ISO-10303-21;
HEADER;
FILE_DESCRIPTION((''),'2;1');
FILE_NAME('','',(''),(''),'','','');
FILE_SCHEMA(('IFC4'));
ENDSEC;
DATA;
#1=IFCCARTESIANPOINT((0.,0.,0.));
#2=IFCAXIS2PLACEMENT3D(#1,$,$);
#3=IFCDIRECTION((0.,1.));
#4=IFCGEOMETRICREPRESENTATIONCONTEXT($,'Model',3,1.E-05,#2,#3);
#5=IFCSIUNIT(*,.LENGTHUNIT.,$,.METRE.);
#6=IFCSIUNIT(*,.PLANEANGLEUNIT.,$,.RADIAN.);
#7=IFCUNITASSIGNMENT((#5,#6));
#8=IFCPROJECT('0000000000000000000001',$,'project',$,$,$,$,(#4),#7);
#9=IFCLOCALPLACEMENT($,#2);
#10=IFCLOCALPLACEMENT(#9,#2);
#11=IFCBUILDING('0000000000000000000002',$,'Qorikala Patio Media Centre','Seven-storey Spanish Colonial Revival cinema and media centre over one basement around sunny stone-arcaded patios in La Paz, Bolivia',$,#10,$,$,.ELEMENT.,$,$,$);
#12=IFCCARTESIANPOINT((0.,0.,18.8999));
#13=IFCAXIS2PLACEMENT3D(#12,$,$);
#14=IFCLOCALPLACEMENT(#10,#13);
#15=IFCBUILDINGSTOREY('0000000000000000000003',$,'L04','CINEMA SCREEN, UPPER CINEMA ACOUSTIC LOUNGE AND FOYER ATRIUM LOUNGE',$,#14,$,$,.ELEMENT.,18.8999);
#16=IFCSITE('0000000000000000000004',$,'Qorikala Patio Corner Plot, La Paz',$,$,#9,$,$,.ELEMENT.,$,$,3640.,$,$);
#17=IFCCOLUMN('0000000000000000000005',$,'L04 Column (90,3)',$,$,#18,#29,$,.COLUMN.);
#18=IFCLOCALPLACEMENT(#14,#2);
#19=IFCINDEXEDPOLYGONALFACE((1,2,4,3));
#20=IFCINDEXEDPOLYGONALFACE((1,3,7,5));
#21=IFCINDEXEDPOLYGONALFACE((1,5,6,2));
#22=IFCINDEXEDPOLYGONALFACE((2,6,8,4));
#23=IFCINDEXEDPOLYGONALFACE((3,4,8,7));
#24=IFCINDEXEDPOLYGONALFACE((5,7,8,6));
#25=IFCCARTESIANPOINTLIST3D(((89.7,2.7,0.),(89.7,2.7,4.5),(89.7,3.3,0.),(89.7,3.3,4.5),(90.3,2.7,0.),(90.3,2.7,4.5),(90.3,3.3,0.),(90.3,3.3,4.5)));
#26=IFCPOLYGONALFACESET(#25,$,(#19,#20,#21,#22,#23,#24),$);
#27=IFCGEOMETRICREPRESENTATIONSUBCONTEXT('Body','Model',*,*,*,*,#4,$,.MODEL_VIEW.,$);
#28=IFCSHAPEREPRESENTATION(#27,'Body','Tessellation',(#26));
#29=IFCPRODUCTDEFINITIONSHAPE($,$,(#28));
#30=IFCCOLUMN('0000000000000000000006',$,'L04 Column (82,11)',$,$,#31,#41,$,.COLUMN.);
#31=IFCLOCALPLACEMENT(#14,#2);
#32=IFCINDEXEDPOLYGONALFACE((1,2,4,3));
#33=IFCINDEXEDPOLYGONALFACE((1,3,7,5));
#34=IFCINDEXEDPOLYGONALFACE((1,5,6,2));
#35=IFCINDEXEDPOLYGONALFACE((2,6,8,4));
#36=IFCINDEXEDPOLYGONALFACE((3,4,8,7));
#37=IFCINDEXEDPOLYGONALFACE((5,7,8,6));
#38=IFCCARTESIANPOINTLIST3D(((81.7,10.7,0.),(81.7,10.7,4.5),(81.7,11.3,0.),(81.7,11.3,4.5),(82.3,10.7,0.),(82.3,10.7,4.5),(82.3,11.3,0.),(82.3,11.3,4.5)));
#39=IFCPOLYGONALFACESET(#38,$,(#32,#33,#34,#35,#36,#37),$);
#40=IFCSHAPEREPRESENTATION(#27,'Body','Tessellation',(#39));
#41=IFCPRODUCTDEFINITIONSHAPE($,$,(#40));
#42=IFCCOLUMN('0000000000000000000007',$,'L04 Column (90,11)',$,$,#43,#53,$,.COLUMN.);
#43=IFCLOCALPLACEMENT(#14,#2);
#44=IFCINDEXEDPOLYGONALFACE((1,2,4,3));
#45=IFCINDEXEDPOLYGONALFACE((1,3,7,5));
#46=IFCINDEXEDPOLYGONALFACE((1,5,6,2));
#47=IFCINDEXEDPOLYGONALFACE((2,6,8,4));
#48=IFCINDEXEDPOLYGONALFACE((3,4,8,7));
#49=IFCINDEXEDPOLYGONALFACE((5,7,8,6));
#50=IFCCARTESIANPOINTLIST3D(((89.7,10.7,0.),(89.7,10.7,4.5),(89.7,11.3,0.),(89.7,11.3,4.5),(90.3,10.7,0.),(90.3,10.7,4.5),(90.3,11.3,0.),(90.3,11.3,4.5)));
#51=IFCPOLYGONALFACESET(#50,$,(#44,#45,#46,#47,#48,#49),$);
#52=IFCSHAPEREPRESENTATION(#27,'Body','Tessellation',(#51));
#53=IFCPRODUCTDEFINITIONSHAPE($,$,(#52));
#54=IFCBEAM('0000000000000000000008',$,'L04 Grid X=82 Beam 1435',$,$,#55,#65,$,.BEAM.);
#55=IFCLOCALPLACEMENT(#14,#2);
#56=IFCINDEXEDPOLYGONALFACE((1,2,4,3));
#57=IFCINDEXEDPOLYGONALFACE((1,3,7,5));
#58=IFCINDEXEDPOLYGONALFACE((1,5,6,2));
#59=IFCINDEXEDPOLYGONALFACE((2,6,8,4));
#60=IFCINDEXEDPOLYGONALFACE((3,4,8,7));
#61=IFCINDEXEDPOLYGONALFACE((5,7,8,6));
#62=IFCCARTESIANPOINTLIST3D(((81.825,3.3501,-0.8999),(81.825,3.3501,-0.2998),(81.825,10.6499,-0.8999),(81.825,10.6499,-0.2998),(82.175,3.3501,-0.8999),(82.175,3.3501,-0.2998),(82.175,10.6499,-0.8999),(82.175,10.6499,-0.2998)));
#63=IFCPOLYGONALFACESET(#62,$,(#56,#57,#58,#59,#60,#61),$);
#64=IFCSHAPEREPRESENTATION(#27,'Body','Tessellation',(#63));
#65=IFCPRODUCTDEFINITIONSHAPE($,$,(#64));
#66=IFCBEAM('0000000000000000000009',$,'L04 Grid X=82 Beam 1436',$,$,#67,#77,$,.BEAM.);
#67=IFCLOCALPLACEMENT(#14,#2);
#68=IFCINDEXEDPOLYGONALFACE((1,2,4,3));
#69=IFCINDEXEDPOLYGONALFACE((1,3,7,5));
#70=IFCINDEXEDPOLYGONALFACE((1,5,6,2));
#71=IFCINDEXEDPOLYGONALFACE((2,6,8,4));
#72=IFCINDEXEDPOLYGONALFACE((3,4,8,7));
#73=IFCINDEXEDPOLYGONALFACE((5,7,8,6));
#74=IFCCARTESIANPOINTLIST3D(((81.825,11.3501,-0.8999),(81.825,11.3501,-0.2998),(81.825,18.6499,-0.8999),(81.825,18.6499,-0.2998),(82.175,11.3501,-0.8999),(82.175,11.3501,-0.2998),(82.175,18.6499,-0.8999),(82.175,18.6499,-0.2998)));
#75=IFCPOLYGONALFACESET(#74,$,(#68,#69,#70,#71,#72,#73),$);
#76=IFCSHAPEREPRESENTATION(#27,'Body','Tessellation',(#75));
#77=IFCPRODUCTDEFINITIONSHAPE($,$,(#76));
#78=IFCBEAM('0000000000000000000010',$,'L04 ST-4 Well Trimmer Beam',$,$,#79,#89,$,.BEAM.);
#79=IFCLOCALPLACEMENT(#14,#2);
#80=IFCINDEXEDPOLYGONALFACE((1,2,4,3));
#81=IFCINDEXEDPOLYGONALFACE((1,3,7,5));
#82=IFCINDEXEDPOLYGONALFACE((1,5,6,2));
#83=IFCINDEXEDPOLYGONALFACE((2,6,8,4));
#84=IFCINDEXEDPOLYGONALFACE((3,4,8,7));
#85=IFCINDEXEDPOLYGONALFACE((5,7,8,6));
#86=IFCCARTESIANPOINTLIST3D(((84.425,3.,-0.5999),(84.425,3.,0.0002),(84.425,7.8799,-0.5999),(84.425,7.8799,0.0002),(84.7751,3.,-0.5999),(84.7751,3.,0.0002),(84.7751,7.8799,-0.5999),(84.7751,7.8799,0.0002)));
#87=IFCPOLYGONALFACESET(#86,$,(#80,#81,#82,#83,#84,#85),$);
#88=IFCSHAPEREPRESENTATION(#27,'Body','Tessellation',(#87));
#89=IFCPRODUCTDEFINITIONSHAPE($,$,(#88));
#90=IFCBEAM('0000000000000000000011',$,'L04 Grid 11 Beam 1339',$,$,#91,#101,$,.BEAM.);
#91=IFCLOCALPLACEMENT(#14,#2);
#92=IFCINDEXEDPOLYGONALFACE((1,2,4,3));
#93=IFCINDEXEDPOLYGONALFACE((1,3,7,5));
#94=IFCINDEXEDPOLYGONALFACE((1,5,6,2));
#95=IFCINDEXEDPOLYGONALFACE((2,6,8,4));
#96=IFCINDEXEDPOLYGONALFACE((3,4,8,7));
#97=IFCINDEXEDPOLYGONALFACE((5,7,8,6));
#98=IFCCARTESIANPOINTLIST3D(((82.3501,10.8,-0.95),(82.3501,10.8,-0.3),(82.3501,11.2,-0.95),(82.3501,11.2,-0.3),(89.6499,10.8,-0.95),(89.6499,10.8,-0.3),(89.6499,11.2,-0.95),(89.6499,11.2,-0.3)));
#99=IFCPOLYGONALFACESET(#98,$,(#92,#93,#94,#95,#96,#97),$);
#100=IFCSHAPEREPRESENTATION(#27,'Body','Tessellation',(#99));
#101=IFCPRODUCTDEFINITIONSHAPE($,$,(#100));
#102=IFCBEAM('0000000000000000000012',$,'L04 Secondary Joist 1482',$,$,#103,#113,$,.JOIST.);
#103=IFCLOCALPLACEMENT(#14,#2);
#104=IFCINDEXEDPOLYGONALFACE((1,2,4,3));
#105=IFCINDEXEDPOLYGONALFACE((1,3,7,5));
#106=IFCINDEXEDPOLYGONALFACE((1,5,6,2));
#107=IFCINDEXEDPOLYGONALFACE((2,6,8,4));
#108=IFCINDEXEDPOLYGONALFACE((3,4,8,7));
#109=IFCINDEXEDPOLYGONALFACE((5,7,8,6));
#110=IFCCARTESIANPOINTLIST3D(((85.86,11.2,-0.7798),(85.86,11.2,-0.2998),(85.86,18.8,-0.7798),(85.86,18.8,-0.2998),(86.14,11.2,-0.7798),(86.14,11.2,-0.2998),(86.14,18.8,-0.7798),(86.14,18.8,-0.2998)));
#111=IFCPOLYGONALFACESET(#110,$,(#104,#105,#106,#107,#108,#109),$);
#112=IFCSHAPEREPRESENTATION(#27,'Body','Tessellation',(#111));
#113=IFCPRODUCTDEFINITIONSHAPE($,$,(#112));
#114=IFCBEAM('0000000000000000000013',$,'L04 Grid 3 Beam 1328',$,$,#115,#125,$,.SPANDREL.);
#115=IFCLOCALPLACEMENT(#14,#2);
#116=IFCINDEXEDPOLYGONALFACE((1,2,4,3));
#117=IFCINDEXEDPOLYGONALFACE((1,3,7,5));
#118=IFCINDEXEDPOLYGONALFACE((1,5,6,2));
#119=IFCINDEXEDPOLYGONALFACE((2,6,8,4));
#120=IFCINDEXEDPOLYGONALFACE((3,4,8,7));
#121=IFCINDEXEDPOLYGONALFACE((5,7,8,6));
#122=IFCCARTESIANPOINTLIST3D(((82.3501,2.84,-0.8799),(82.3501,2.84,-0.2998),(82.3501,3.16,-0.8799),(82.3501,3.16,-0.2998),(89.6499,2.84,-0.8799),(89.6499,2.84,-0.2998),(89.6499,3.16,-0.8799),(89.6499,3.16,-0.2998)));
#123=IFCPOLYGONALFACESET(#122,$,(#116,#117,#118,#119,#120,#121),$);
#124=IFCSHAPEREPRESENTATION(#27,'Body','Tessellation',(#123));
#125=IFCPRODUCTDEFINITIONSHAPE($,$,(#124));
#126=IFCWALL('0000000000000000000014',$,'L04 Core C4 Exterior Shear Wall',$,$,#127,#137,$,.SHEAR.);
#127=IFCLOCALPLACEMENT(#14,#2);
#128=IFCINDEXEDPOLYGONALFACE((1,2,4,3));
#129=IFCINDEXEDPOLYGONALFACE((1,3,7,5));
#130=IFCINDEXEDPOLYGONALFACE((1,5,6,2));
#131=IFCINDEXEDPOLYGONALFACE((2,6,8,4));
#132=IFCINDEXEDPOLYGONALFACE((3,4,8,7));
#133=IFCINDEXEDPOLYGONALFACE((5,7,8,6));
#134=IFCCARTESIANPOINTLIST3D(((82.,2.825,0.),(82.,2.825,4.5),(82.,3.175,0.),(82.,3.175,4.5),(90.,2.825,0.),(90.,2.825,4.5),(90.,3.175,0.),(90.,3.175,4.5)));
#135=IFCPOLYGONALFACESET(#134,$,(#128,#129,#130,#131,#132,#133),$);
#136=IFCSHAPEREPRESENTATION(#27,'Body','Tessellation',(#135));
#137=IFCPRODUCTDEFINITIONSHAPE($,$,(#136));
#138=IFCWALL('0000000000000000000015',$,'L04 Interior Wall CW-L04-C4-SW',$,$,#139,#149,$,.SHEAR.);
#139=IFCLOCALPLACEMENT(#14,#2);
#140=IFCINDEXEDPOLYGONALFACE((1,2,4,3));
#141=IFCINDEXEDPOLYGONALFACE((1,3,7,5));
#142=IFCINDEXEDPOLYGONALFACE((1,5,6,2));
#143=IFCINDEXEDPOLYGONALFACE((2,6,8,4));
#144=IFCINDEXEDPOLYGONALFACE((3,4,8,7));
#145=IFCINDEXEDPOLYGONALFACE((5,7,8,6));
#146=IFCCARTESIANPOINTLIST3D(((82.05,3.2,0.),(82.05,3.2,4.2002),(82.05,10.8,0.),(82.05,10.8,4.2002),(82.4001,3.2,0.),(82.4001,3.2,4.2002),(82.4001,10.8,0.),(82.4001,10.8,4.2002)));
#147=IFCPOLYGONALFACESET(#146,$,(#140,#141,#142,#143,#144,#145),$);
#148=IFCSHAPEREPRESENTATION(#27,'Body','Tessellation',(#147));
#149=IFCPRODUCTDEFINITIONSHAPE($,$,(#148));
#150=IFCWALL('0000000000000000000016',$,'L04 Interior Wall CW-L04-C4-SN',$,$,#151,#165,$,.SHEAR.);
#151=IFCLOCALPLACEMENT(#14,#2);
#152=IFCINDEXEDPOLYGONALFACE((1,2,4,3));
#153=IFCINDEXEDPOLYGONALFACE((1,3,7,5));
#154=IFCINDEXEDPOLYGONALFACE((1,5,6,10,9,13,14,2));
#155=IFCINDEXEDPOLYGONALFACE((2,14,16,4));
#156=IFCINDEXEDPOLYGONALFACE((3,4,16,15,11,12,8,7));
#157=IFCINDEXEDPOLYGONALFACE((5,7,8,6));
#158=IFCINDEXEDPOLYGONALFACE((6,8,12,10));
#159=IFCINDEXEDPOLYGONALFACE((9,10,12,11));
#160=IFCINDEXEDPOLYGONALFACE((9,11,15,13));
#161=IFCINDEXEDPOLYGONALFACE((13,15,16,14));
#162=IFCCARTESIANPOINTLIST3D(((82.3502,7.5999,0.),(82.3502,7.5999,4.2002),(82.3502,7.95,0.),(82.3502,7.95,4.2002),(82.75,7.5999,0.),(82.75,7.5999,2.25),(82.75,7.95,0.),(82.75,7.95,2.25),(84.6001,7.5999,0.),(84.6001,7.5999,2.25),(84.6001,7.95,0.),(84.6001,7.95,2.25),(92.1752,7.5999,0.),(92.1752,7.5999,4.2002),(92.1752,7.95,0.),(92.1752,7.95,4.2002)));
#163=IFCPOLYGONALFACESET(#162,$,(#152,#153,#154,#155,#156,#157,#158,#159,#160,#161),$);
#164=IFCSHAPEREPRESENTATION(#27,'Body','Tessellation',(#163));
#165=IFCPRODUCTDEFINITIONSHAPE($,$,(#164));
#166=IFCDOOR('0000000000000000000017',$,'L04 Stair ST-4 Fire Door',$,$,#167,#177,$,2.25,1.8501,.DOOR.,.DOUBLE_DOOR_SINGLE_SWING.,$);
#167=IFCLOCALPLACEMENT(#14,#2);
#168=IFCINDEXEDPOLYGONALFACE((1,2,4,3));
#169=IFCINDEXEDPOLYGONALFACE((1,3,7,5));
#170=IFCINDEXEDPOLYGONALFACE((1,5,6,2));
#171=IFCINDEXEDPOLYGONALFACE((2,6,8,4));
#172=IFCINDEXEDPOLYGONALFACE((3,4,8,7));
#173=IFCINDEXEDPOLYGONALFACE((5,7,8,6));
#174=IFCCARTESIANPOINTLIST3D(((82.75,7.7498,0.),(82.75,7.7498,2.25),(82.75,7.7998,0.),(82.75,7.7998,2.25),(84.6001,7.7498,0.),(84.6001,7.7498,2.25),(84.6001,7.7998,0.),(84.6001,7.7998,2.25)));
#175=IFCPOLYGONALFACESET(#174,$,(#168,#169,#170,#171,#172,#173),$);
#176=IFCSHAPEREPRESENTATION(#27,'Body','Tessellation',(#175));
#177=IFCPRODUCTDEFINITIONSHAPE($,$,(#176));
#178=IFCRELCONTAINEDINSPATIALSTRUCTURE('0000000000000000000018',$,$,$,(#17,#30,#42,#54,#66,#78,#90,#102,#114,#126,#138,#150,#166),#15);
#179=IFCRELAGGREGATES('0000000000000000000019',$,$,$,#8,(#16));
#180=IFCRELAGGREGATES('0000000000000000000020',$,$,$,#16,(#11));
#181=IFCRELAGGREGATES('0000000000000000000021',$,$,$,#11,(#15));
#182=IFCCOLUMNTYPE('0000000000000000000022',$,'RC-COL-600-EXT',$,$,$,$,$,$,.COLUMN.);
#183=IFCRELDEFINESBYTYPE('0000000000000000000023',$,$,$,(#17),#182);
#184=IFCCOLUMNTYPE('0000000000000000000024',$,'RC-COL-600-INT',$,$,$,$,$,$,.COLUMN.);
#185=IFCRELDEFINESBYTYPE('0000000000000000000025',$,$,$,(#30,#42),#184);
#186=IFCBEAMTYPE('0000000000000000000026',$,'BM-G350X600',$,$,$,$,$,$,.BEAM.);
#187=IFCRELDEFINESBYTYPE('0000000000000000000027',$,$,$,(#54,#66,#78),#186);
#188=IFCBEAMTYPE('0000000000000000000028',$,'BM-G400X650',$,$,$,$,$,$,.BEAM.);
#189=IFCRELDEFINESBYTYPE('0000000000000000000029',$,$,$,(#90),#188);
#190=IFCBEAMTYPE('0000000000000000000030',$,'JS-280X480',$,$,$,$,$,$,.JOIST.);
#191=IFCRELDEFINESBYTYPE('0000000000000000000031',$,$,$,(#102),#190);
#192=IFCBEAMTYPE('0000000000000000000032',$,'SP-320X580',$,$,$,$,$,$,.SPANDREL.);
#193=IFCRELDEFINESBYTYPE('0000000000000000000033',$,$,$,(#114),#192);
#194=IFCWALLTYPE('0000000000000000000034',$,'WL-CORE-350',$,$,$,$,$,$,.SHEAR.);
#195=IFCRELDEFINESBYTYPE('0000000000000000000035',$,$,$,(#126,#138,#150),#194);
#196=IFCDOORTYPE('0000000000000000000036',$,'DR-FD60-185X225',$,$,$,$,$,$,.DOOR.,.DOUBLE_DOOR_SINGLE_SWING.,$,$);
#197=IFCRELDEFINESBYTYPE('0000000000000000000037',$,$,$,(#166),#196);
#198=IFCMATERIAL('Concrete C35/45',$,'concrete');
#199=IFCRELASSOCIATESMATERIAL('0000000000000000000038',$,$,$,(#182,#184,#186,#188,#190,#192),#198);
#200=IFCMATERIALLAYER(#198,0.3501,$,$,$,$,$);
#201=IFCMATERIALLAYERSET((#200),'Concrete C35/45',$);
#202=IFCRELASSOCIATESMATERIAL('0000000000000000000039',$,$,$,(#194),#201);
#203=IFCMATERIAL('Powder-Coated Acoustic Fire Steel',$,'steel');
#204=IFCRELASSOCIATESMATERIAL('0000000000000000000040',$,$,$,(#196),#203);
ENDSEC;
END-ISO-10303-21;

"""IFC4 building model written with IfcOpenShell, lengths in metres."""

from ifc_helpers import new_model, si_unit, direction, frame, frame_2d, origin, origin_2d, place, context, subcontext, project, spatial, rectangle, extrude, material, layer, layer_set, material_profile, profile_set, type_object, element, fill, save


model = new_model("IFC4")

# Units and contexts
model_context = context("Model", 3, precision=1e-05, world=origin(), true_north=direction((0.0, 1.0)))
body_context = subcontext(model_context, "Body", "Model", "MODEL_VIEW")
ifc_project = project(units=[si_unit("LENGTHUNIT", "METRE"), si_unit("PLANEANGLEUNIT", "RADIAN")], contexts=[model_context])

# Site, building, storey
site_placement = place(None, origin())
site = spatial("IfcSite", under=ifc_project, at=site_placement, Name="Qorikala Patio Corner Plot, La Paz", CompositionType="ELEMENT", RefElevation=3640.0)
building_placement = place(site_placement, origin())
building = spatial("IfcBuilding", under=site, at=building_placement, Name="Qorikala Patio Media Centre", Description="Seven-storey Spanish Colonial Revival cinema and media centre over one basement around sunny stone-arcaded patios in La Paz, Bolivia", CompositionType="ELEMENT")
storey_placement = place(building_placement, frame((0.0, 0.0, 18.8999)))
storey = spatial("IfcBuildingStorey", under=building, at=storey_placement, Name="L04", Description="CINEMA SCREEN, UPPER CINEMA ACOUSTIC LOUNGE AND FOYER ATRIUM LOUNGE", CompositionType="ELEMENT", Elevation=18.8999)

# Columns
ifc_material_1 = material(Name="Concrete C35/45", Category="concrete")
ifc_material_profile_1 = material_profile(ifc_material_1, rectangle(XDim=0.6001, YDim=0.6001, at=origin_2d()), Name="RC 600x600")
ifc_profile_set_1 = profile_set([ifc_material_profile_1], Name="Concrete C35/45")
column_type_1 = type_object("IfcColumnType", Name="RC-COL-600-EXT", PredefinedType="COLUMN", material=ifc_profile_set_1)
column_placement = place(storey_placement, frame((90.0, 3.0, 0.0), z_axis=(0.0, 0.0, 1.0), x_axis=(1.0, 0.0, 0.0)))
element("IfcColumn", 1, at=column_placement, inside=storey, type_object=column_type_1, Name="L04 Column (90,3)", PredefinedType="COLUMN", context=body_context, shape_type="SweptSolid", body=[
    extrude(rectangle(XDim=0.6001, YDim=0.6001, at=origin_2d()), origin(), (0.0, 0.0, 1.0), 4.5),
])
ifc_material_profile_2 = material_profile(ifc_material_1, rectangle(XDim=0.6001, YDim=0.6001, at=origin_2d()), Name="RC 600x600")
ifc_profile_set_2 = profile_set([ifc_material_profile_2], Name="Concrete C35/45")
column_type_2 = type_object("IfcColumnType", Name="RC-COL-600-INT", PredefinedType="COLUMN", material=ifc_profile_set_2)
for number, where, z_axis, x_axis, name in (
    (2, (82.0, 11.0, 0.0), (0.0, 0.0, 1.0), (1.0, 0.0, 0.0), "L04 Column (82,11)"),
    (3, (90.0, 11.0, 0.0), (0.0, 0.0, 1.0), (1.0, 0.0, 0.0), "L04 Column (90,11)"),
):
    element("IfcColumn", number, at=place(storey_placement, frame(where, z_axis=z_axis, x_axis=x_axis)), inside=storey, type_object=column_type_2, Name=name, PredefinedType="COLUMN", context=body_context, shape_type="SweptSolid", body=[
        extrude(rectangle(XDim=0.6001, YDim=0.6001, at=origin_2d()), origin(), (0.0, 0.0, 1.0), 4.5),
    ])

# Beams
ifc_material_profile_3 = material_profile(ifc_material_1, rectangle(XDim=0.3501, YDim=0.6001, at=origin_2d()), Name="RC 350x600")
ifc_profile_set_3 = profile_set([ifc_material_profile_3], Name="Concrete C35/45")
beam_type_1 = type_object("IfcBeamType", Name="BM-G350X600", PredefinedType="BEAM", material=ifc_profile_set_3)
for number, where, z_axis, x_axis, name in (
    (4, (82.0, 3.3501, -0.5999), (0.0, 1.0, 0.0), (-1.0, 0.0, 0.0), "L04 Grid X=82 Beam 1435"),
    (5, (82.0, 11.3501, -0.5999), (0.0, 1.0, 0.0), (-1.0, 0.0, 0.0), "L04 Grid X=82 Beam 1436"),
):
    element("IfcBeam", number, at=place(storey_placement, frame(where, z_axis=z_axis, x_axis=x_axis)), inside=storey, type_object=beam_type_1, Name=name, PredefinedType="BEAM", context=body_context, shape_type="SweptSolid", body=[
        extrude(rectangle(XDim=0.3501, YDim=0.6001, at=origin_2d()), origin(), (0.0, 0.0, 1.0), 7.2998),
    ])
beam_1_placement = place(storey_placement, frame((84.6001, 3.0, -0.2998), z_axis=(0.0, 1.0, 0.0), x_axis=(-1.0, 0.0, 0.0)))
element("IfcBeam", 6, at=beam_1_placement, inside=storey, type_object=beam_type_1, Name="L04 ST-4 Well Trimmer Beam", PredefinedType="BEAM", context=body_context, shape_type="SweptSolid", body=[
    extrude(rectangle(XDim=0.3501, YDim=0.6001, at=origin_2d()), origin(), (0.0, 0.0, 1.0), 4.8799),
])
ifc_material_profile_4 = material_profile(ifc_material_1, rectangle(XDim=0.3999, YDim=0.6499, at=origin_2d()), Name="RC 400x650")
ifc_profile_set_4 = profile_set([ifc_material_profile_4], Name="Concrete C35/45")
beam_type_2 = type_object("IfcBeamType", Name="BM-G400X650", PredefinedType="BEAM", material=ifc_profile_set_4)
beam_2_placement = place(storey_placement, frame((82.3501, 11.0, -0.625), z_axis=(1.0, 0.0, 0.0), x_axis=(0.0, 1.0, 0.0)))
element("IfcBeam", 7, at=beam_2_placement, inside=storey, type_object=beam_type_2, Name="L04 Grid 11 Beam 1339", PredefinedType="BEAM", context=body_context, shape_type="SweptSolid", body=[
    extrude(rectangle(XDim=0.3999, YDim=0.6499, at=origin_2d()), origin(), (0.0, 0.0, 1.0), 7.2998),
])
ifc_material_profile_5 = material_profile(ifc_material_1, rectangle(XDim=0.28, YDim=0.48, at=origin_2d()), Name="RC 280x480")
ifc_profile_set_5 = profile_set([ifc_material_profile_5], Name="Concrete C35/45")
beam_type_3 = type_object("IfcBeamType", Name="JS-280X480", PredefinedType="JOIST", material=ifc_profile_set_5)
beam_3_placement = place(storey_placement, frame((86.0, 11.2, -0.5398), z_axis=(0.0, 1.0, 0.0), x_axis=(-1.0, 0.0, 0.0)))
element("IfcBeam", 8, at=beam_3_placement, inside=storey, type_object=beam_type_3, Name="L04 Secondary Joist 1482", PredefinedType="JOIST", context=body_context, shape_type="SweptSolid", body=[
    extrude(rectangle(XDim=0.28, YDim=0.48, at=origin_2d()), origin(), (0.0, 0.0, 1.0), 7.6001),
])
ifc_material_profile_6 = material_profile(ifc_material_1, rectangle(XDim=0.3201, YDim=0.5801, at=origin_2d()), Name="RC 320x580")
ifc_profile_set_6 = profile_set([ifc_material_profile_6], Name="Concrete C35/45")
beam_type_4 = type_object("IfcBeamType", Name="SP-320X580", PredefinedType="SPANDREL", material=ifc_profile_set_6)
beam_4_placement = place(storey_placement, frame((82.3501, 3.0, -0.5898), z_axis=(1.0, 0.0, 0.0), x_axis=(0.0, 1.0, 0.0)))
element("IfcBeam", 9, at=beam_4_placement, inside=storey, type_object=beam_type_4, Name="L04 Grid 3 Beam 1328", PredefinedType="SPANDREL", context=body_context, shape_type="SweptSolid", body=[
    extrude(rectangle(XDim=0.3201, YDim=0.5801, at=origin_2d()), origin(), (0.0, 0.0, 1.0), 7.2998),
])

# Walls
ifc_layer_1 = layer(ifc_material_1, 0.3501)
ifc_layer_set_1 = layer_set([ifc_layer_1], Name="Concrete C35/45")
wall_type_1 = type_object("IfcWallType", Name="WL-CORE-350", PredefinedType="SHEAR", material=ifc_layer_set_1)
wall_1_placement = place(storey_placement, frame((90.0, 3.0, 0.0), z_axis=(0.0, 0.0, 1.0), x_axis=(-1.0, 0.0, 0.0)))
element("IfcWall", 10, at=wall_1_placement, inside=storey, type_object=wall_type_1, Name="L04 Core C4 Exterior Shear Wall", PredefinedType="SHEAR", context=body_context, shape_type="SweptSolid", body=[
    extrude(rectangle(XDim=8.0, YDim=0.3501, at=frame_2d((4.0, 0.0))), origin(), (0.0, 0.0, 1.0), 4.5),
])
wall_2_placement = place(storey_placement, frame((82.2251, 3.2, 0.0), z_axis=(0.0, 0.0, 1.0), x_axis=(0.0, 1.0, 0.0)))
element("IfcWall", 11, at=wall_2_placement, inside=storey, type_object=wall_type_1, Name="L04 Interior Wall CW-L04-C4-SW", PredefinedType="SHEAR", context=body_context, shape_type="SweptSolid", body=[
    extrude(rectangle(XDim=7.6001, YDim=0.3501, at=frame_2d((3.8, 0.0))), origin(), (0.0, 0.0, 1.0), 4.2002),
])

# Wall, opening, door
wall_3_placement = place(storey_placement, frame((82.3501, 7.7749, 0.0), z_axis=(0.0, 0.0, 1.0), x_axis=(1.0, 0.0, 0.0)))
wall_3 = element("IfcWall", 12, at=wall_3_placement, inside=storey, type_object=wall_type_1, Name="L04 Interior Wall CW-L04-C4-SN", PredefinedType="SHEAR", context=body_context, shape_type="SweptSolid", body=[
    extrude(rectangle(XDim=9.825, YDim=0.3501, at=frame_2d((4.9126, 0.0))), origin(), (0.0, 0.0, 1.0), 4.2002),
])
opening_1_placement = place(wall_3_placement, frame((0.3999, 0.0, 0.0)))
opening_1 = element("IfcOpeningElement", 13, at=opening_1_placement, cuts=wall_3, PredefinedType="OPENING", context=body_context, shape_type="SweptSolid", body=[
    extrude(rectangle(XDim=1.8501, YDim=2.25, at=frame_2d((0.925, 1.125))), frame((0.0, 0.1851, 0.0), z_axis=(0.0, -1.0, 0.0), x_axis=(1.0, 0.0, 0.0)), (0.0, 0.0, 1.0), 0.3701),
])
ifc_material_2 = material(Name="Powder-Coated Acoustic Fire Steel", Category="steel")
door_type_1 = type_object("IfcDoorType", Name="DR-FD60-185X225", OperationType="DOUBLE_DOOR_SINGLE_SWING", PredefinedType="DOOR", material=ifc_material_2)
door_1_placement = place(opening_1_placement, origin())
door_1 = element("IfcDoor", 14, at=door_1_placement, inside=storey, type_object=door_type_1, Name="L04 Stair ST-4 Fire Door", OperationType="DOUBLE_DOOR_SINGLE_SWING", OverallHeight=2.25, OverallWidth=1.8501, PredefinedType="DOOR", context=body_context, shape_type="SweptSolid", body=[
    extrude(rectangle(XDim=1.8501, YDim=2.25, at=frame_2d((0.925, 1.125))), frame((0.0, 0.0249, 0.0), z_axis=(0.0, -1.0, 0.0), x_axis=(1.0, 0.0, 0.0)), (0.0, 0.0, 1.0), 0.05),
])
fill(opening_1, door_1)

save(model, "model.ifc")
